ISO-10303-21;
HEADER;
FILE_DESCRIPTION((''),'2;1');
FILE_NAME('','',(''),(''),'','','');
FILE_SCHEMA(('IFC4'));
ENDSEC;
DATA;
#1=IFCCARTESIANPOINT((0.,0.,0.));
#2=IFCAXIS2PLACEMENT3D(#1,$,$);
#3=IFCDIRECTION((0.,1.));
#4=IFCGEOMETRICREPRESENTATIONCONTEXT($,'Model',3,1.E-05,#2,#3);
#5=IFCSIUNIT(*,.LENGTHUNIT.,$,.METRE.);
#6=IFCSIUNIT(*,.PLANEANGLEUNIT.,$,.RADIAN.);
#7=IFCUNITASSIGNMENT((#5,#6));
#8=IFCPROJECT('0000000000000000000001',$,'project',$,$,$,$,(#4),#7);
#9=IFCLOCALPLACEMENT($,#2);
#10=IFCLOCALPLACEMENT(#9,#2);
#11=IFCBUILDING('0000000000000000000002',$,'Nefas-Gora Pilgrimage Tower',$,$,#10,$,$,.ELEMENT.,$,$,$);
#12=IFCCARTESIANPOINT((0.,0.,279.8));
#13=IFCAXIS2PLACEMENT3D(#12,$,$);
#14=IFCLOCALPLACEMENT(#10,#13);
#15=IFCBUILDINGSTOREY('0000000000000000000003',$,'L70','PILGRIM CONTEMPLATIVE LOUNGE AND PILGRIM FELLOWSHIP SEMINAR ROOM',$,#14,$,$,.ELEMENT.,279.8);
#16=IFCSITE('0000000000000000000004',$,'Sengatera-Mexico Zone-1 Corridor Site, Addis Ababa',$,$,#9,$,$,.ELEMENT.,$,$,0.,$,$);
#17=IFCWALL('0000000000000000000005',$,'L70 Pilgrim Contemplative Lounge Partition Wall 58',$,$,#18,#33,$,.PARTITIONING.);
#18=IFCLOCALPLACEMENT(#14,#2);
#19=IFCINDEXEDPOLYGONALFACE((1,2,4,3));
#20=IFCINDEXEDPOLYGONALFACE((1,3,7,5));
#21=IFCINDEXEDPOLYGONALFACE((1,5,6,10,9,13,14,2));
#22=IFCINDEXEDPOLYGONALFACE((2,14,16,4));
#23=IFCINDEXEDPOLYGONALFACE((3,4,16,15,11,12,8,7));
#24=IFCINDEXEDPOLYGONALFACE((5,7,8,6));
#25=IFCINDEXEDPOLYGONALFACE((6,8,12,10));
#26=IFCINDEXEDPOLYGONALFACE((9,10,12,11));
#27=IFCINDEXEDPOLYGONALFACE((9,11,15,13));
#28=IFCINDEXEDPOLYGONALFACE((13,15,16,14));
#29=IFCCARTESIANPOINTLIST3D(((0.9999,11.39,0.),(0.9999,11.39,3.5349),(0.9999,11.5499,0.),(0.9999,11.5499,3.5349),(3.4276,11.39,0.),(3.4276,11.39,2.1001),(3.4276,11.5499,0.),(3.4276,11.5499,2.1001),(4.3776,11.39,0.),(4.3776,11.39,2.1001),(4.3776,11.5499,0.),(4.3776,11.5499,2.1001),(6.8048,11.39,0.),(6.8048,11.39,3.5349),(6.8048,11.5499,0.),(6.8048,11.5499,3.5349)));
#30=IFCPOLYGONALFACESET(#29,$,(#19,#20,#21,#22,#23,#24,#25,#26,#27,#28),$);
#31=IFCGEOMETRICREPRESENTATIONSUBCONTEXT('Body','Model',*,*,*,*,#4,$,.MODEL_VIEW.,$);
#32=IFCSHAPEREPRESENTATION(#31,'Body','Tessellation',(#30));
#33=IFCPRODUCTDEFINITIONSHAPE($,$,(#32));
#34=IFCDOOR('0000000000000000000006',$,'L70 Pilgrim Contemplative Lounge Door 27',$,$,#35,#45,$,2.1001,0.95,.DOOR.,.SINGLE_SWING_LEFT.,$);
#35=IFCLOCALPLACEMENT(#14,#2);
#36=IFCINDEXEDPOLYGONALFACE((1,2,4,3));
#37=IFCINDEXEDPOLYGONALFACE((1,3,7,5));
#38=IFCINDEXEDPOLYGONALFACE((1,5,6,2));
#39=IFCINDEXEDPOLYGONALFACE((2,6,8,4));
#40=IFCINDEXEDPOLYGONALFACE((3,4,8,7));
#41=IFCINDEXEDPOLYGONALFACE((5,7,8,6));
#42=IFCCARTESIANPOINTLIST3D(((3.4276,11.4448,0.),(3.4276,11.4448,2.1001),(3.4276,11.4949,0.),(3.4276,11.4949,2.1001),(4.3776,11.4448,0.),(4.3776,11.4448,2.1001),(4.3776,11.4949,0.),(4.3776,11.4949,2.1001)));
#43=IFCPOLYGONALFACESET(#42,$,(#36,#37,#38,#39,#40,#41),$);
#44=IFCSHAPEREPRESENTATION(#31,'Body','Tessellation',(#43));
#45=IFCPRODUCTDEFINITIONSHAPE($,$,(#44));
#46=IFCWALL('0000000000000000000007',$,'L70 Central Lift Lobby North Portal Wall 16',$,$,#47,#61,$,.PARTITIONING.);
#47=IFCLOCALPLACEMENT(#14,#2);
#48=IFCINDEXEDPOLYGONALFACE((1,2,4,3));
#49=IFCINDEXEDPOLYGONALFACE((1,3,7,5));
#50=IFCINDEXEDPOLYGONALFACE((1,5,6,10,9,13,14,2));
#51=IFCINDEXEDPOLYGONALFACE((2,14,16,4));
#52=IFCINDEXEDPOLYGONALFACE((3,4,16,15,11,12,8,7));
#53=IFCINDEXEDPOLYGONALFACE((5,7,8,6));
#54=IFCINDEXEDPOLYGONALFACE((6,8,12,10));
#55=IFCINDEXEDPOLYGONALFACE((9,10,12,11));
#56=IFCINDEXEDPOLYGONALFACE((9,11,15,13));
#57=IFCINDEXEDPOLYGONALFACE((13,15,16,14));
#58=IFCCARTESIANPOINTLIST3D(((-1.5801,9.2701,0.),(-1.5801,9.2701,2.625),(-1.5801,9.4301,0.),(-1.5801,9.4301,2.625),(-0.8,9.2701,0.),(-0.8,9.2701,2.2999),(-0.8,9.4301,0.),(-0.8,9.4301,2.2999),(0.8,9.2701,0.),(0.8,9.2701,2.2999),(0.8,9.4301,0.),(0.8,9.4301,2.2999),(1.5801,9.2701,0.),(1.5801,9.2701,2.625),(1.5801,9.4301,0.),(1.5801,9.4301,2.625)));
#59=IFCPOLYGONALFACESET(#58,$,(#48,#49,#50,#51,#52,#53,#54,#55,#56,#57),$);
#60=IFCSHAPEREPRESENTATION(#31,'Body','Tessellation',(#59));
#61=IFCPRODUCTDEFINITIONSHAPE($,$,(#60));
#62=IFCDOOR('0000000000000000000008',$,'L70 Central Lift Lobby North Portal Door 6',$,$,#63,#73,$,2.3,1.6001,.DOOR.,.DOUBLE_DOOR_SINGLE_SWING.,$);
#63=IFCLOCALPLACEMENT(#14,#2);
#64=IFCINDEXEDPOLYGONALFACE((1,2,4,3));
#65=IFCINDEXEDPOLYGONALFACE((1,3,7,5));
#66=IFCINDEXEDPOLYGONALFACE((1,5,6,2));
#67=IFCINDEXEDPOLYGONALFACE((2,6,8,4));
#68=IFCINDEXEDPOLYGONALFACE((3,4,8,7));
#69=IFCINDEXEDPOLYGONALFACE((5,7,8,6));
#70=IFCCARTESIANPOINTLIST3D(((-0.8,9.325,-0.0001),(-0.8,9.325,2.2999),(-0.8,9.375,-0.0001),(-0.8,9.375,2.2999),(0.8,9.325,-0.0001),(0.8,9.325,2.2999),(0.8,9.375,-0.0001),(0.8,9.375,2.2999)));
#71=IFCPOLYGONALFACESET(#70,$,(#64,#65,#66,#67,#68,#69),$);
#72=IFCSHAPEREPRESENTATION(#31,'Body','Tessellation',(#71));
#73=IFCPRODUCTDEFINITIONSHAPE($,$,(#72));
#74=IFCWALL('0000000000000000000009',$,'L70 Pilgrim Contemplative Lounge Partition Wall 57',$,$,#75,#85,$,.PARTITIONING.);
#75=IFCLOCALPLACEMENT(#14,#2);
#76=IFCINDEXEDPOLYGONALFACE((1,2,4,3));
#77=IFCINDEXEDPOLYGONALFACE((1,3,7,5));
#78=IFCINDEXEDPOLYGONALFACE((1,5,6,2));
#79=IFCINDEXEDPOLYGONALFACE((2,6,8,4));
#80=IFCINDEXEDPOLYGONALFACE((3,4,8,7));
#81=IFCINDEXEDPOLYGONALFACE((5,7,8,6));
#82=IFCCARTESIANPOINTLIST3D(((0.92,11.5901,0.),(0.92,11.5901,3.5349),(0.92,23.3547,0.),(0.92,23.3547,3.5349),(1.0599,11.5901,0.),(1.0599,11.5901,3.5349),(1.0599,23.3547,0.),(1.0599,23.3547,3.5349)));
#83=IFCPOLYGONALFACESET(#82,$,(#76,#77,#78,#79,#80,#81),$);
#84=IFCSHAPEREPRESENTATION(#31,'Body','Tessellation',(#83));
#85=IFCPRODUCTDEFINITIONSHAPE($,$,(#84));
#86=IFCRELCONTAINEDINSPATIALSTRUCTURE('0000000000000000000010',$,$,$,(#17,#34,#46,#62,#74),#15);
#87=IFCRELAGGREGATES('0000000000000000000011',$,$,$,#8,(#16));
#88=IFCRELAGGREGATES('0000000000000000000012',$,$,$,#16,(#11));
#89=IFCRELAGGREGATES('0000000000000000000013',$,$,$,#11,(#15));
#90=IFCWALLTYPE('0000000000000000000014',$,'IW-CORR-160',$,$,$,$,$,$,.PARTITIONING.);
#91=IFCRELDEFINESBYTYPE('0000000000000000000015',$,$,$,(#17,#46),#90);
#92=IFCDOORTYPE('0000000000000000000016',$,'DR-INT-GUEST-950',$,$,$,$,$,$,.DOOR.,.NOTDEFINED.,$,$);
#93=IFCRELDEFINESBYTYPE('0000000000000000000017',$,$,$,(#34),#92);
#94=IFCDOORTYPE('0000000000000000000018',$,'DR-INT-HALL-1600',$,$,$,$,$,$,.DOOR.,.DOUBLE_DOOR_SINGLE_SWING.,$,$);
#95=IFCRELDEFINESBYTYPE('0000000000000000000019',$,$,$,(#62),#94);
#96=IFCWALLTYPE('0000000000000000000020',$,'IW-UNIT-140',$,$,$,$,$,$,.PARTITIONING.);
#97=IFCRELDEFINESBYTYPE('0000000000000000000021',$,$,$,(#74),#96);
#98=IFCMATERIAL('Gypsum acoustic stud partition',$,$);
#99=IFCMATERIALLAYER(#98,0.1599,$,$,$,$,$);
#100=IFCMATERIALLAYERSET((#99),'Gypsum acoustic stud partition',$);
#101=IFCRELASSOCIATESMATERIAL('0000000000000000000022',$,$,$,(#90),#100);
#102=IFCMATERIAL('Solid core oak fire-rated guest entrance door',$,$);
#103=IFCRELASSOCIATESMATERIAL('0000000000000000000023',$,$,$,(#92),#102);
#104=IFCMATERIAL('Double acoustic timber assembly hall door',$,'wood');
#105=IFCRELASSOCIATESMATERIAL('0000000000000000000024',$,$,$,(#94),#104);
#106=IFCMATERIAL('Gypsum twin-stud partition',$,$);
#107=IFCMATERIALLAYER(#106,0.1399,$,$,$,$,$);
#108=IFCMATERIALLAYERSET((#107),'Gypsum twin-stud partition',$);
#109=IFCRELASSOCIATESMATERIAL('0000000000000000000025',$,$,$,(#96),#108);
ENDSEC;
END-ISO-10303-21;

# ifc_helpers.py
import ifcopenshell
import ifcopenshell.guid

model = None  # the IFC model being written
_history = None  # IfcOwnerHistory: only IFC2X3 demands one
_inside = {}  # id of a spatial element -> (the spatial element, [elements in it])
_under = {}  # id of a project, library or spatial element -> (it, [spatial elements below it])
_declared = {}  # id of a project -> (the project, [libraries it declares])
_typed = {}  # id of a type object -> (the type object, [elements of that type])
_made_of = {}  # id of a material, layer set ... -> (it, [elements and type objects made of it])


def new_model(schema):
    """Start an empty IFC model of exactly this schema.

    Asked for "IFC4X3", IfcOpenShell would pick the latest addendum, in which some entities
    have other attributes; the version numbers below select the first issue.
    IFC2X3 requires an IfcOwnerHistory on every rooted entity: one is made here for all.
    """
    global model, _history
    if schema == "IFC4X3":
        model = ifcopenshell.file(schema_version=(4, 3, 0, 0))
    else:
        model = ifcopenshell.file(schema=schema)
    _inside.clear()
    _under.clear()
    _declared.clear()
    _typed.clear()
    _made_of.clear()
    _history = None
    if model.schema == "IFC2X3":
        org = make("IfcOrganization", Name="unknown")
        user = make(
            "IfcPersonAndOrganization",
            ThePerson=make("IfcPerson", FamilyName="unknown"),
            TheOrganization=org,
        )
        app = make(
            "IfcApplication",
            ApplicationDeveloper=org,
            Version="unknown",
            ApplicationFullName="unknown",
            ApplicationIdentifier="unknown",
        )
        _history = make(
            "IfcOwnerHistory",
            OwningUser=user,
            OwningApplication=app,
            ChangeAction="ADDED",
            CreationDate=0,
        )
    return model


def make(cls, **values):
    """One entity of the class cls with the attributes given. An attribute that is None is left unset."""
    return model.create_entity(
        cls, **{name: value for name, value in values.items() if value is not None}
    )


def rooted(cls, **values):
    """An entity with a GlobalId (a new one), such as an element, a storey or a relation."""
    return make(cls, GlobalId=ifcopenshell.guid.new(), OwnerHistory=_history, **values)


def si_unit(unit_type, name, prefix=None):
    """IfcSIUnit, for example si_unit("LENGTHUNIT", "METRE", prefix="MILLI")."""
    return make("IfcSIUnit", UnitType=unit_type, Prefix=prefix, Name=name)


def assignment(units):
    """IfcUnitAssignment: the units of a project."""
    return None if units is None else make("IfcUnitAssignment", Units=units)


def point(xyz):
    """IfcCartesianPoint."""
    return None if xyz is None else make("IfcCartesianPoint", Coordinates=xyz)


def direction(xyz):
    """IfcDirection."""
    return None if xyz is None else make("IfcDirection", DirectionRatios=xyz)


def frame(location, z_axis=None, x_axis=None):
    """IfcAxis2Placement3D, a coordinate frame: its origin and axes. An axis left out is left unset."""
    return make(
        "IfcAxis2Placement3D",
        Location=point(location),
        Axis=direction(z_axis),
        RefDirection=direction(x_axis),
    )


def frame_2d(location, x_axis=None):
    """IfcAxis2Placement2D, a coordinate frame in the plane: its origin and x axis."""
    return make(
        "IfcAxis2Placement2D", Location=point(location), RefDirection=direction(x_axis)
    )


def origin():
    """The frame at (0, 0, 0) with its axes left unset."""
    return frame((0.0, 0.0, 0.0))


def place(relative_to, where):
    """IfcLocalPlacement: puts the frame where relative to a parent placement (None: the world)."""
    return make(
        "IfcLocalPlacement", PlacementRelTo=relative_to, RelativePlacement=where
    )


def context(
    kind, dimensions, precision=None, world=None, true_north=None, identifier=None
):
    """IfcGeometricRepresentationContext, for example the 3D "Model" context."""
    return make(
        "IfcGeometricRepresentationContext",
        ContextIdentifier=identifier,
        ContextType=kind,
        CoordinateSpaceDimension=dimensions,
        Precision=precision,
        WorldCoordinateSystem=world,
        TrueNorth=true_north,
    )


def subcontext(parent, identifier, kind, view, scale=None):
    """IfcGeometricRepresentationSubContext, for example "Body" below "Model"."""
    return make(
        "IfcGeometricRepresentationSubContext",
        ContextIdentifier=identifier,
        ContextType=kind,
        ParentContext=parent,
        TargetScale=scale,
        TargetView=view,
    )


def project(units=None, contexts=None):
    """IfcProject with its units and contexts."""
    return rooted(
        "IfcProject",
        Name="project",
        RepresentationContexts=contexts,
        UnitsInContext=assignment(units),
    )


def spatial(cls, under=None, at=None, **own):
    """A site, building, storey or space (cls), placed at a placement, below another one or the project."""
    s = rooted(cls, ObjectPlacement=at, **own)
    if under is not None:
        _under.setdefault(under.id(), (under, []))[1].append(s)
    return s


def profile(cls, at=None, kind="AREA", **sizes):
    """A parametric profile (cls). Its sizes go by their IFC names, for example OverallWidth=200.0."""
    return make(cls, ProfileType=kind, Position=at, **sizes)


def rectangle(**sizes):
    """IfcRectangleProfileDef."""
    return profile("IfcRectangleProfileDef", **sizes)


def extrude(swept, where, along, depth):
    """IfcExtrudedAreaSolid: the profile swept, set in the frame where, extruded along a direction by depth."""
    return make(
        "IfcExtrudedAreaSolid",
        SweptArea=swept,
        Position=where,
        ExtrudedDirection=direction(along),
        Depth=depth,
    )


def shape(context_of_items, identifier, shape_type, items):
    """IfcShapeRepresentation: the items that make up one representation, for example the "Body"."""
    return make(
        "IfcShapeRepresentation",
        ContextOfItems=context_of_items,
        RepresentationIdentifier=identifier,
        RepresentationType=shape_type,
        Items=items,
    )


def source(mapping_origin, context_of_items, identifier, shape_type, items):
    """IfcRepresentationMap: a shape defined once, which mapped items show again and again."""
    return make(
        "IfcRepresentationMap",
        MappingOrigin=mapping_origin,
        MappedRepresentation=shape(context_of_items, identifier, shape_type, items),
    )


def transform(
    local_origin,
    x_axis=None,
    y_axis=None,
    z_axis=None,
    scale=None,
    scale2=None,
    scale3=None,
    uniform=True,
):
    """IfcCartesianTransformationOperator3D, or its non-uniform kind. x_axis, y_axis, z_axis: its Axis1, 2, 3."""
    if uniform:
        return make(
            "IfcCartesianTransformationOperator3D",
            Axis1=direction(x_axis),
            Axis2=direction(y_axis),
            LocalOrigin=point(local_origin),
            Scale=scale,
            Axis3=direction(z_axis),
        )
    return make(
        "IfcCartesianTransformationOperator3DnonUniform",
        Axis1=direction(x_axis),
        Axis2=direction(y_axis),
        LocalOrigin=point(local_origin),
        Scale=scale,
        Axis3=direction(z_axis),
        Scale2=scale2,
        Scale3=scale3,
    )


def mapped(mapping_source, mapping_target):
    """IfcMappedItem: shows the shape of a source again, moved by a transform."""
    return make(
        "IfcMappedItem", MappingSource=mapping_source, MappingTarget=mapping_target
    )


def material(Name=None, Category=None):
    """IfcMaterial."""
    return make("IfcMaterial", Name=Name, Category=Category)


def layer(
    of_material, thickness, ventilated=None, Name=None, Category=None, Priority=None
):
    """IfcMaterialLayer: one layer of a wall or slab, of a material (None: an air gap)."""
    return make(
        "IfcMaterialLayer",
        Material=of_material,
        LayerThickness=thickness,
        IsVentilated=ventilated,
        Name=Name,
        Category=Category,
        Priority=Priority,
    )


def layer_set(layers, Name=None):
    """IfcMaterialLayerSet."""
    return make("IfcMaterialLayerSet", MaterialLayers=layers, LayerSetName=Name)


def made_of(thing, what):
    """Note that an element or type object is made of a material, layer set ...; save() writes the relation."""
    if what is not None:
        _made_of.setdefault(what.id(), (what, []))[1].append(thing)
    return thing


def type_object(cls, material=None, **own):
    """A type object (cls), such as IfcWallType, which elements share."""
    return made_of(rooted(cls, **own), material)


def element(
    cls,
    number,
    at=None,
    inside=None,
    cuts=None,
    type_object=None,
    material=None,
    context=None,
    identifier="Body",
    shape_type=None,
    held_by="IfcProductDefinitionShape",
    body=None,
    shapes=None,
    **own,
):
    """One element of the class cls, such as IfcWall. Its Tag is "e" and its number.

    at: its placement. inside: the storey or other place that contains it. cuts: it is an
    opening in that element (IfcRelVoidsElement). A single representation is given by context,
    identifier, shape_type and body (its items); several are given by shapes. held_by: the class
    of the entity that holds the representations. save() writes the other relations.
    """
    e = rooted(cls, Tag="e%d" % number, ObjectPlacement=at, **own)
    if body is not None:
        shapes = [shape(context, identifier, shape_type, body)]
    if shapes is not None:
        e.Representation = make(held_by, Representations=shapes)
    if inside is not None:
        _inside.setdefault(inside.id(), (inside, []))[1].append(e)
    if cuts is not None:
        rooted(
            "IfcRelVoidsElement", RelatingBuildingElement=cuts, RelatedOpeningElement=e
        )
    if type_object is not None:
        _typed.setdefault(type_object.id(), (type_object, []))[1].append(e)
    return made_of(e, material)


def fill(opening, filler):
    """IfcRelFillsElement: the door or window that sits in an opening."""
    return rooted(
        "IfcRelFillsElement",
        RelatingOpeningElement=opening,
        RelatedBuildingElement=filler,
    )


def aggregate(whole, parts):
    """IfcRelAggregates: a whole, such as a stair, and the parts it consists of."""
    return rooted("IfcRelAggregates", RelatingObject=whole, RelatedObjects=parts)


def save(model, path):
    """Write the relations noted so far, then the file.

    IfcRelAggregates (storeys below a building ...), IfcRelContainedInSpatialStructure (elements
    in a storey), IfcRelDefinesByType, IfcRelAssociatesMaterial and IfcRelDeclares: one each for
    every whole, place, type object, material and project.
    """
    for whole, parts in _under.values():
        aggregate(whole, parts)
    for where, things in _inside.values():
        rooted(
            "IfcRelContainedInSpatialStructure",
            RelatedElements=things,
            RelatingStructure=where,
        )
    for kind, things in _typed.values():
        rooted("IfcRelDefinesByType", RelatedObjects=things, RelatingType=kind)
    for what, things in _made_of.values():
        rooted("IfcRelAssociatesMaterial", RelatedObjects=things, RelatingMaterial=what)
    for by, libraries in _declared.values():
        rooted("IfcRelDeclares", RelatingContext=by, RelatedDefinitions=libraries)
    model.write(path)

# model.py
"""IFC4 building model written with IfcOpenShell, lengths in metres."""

from ifc_helpers import new_model, si_unit, direction, frame, frame_2d, origin, place, context, subcontext, project, spatial, rectangle, extrude, source, transform, mapped, material, layer, layer_set, type_object, element, fill, save


model = new_model("IFC4")

# Units and contexts
model_context = context("Model", 3, precision=1e-05, world=origin(), true_north=direction((0.0, 1.0)))
body_context = subcontext(model_context, "Body", "Model", "MODEL_VIEW")
ifc_project = project(units=[si_unit("LENGTHUNIT", "METRE"), si_unit("PLANEANGLEUNIT", "RADIAN")], contexts=[model_context])

# Site, building, storey
site_placement = place(None, origin())
site = spatial("IfcSite", under=ifc_project, at=site_placement, Name="Sengatera-Mexico Zone-1 Corridor Site, Addis Ababa", CompositionType="ELEMENT", RefElevation=0.0)
building_placement = place(site_placement, origin())
building = spatial("IfcBuilding", under=site, at=building_placement, Name="Nefas-Gora Pilgrimage Tower", CompositionType="ELEMENT")
storey_placement = place(building_placement, frame((0.0, 0.0, 279.8)))
storey = spatial("IfcBuildingStorey", under=building, at=storey_placement, Name="L70", Description="PILGRIM CONTEMPLATIVE LOUNGE AND PILGRIM FELLOWSHIP SEMINAR ROOM", CompositionType="ELEMENT", Elevation=279.8)

# Walls, openings, doors
ifc_material_1 = material(Name="Gypsum acoustic stud partition")
ifc_layer_1 = layer(ifc_material_1, 0.1599)
ifc_layer_set_1 = layer_set([ifc_layer_1], Name="Gypsum acoustic stud partition")
wall_type_1 = type_object("IfcWallType", Name="IW-CORR-160", PredefinedType="PARTITIONING", material=ifc_layer_set_1)
shared_shape_1 = source(origin(), body_context, "Body", "SweptSolid", [
    extrude(rectangle(XDim=5.8049, YDim=0.1599, at=frame_2d((2.9023, 0.0))), origin(), (0.0, 0.0, 1.0), 3.5349),
])
wall_1_placement = place(storey_placement, frame((1.0, 11.47, 0.0), z_axis=(0.0, 0.0, 1.0), x_axis=(1.0, 0.0, 0.0)))
wall_1 = element("IfcWall", 1, at=wall_1_placement, inside=storey, type_object=wall_type_1, Name="L70 Pilgrim Contemplative Lounge Partition Wall 58", PredefinedType="PARTITIONING", context=body_context, shape_type="MappedRepresentation", body=[
    mapped(shared_shape_1, transform((0.0, 0.0, 0.0), x_axis=(1.0, 0.0, 0.0), y_axis=(0.0, 1.0, 0.0), z_axis=(0.0, 0.0, 1.0), scale=1.0)),
])
opening_1_placement = place(wall_1_placement, frame((2.4275, 0.0, 0.0)))
opening_1 = element("IfcOpeningElement", 2, at=opening_1_placement, cuts=wall_1, PredefinedType="OPENING", context=body_context, shape_type="SweptSolid", body=[
    extrude(rectangle(XDim=0.95, YDim=2.1001, at=frame_2d((0.4751, 1.05))), frame((0.0, 0.0898, 0.0), z_axis=(0.0, -1.0, 0.0), x_axis=(1.0, 0.0, 0.0)), (0.0, 0.0, 1.0), 0.1799),
])
ifc_material_2 = material(Name="Solid core oak fire-rated guest entrance door")
door_type_1 = type_object("IfcDoorType", Name="DR-INT-GUEST-950", OperationType="NOTDEFINED", PredefinedType="DOOR", material=ifc_material_2)
shared_shape_2 = source(origin(), body_context, "Body", "SweptSolid", [
    extrude(rectangle(XDim=0.95, YDim=2.1001, at=frame_2d((0.4751, 1.05))), frame((0.0, 0.0249, 0.0), z_axis=(0.0, -1.0, 0.0), x_axis=(1.0, 0.0, 0.0)), (0.0, 0.0, 1.0), 0.05),
])
door_1_placement = place(opening_1_placement, origin())
door_1 = element("IfcDoor", 3, at=door_1_placement, inside=storey, type_object=door_type_1, Name="L70 Pilgrim Contemplative Lounge Door 27", OperationType="SINGLE_SWING_LEFT", OverallHeight=2.1001, OverallWidth=0.95, PredefinedType="DOOR", context=body_context, shape_type="MappedRepresentation", body=[
    mapped(shared_shape_2, transform((0.0, 0.0, 0.0), x_axis=(1.0, 0.0, 0.0), y_axis=(0.0, 1.0, 0.0), z_axis=(0.0, 0.0, 1.0), scale=1.0)),
])
fill(opening_1, door_1)
shared_shape_3 = source(origin(), body_context, "Body", "SweptSolid", [
    extrude(rectangle(XDim=3.1602, YDim=0.1599, at=frame_2d((1.5801, 0.0))), origin(), (0.0, 0.0, 1.0), 2.625),
])
wall_2_placement = place(storey_placement, frame((-1.5801, 9.3501, 0.0), z_axis=(0.0, 0.0, 1.0), x_axis=(1.0, 0.0, 0.0)))
wall_2 = element("IfcWall", 4, at=wall_2_placement, inside=storey, type_object=wall_type_1, Name="L70 Central Lift Lobby North Portal Wall 16", PredefinedType="PARTITIONING", context=body_context, shape_type="MappedRepresentation", body=[
    mapped(shared_shape_3, transform((0.0, 0.0, 0.0), x_axis=(1.0, 0.0, 0.0), y_axis=(0.0, 1.0, 0.0), z_axis=(0.0, 0.0, 1.0), scale=1.0)),
])
opening_2_placement = place(wall_2_placement, frame((0.78, 0.0, 0.0)))
opening_2 = element("IfcOpeningElement", 5, at=opening_2_placement, cuts=wall_2, PredefinedType="OPENING", context=body_context, shape_type="SweptSolid", body=[
    extrude(rectangle(XDim=1.6001, YDim=2.3, at=frame_2d((0.8, 1.1499))), frame((0.0, 0.0898, 0.0), z_axis=(0.0, -1.0, 0.0), x_axis=(1.0, 0.0, 0.0)), (0.0, 0.0, 1.0), 0.1799),
])
ifc_material_3 = material(Name="Double acoustic timber assembly hall door", Category="wood")
door_type_2 = type_object("IfcDoorType", Name="DR-INT-HALL-1600", OperationType="DOUBLE_DOOR_SINGLE_SWING", PredefinedType="DOOR", material=ifc_material_3)
shared_shape_4 = source(origin(), body_context, "Body", "SweptSolid", [
    extrude(rectangle(XDim=1.6001, YDim=2.3, at=frame_2d((0.8, 1.1499))), frame((0.0, 0.0249, 0.0), z_axis=(0.0, -1.0, 0.0), x_axis=(1.0, 0.0, 0.0)), (0.0, 0.0, 1.0), 0.05),
])
door_2_placement = place(opening_2_placement, origin())
door_2 = element("IfcDoor", 6, at=door_2_placement, inside=storey, type_object=door_type_2, Name="L70 Central Lift Lobby North Portal Door 6", OperationType="DOUBLE_DOOR_SINGLE_SWING", OverallHeight=2.3, OverallWidth=1.6001, PredefinedType="DOOR", context=body_context, shape_type="MappedRepresentation", body=[
    mapped(shared_shape_4, transform((0.0, 0.0, 0.0), x_axis=(1.0, 0.0, 0.0), y_axis=(0.0, 1.0, 0.0), z_axis=(0.0, 0.0, 1.0), scale=1.0)),
])
fill(opening_2, door_2)

# Wall
ifc_material_4 = material(Name="Gypsum twin-stud partition")
ifc_layer_2 = layer(ifc_material_4, 0.1399)
ifc_layer_set_2 = layer_set([ifc_layer_2], Name="Gypsum twin-stud partition")
wall_type_2 = type_object("IfcWallType", Name="IW-UNIT-140", PredefinedType="PARTITIONING", material=ifc_layer_set_2)
shared_shape_5 = source(origin(), body_context, "Body", "SweptSolid", [
    extrude(rectangle(XDim=11.7646, YDim=0.1399, at=frame_2d((5.8823, 0.0))), origin(), (0.0, 0.0, 1.0), 3.5349),
])
wall_3_placement = place(storey_placement, frame((0.99, 11.5901, 0.0), z_axis=(0.0, 0.0, 1.0), x_axis=(0.0, 1.0, 0.0)))
element("IfcWall", 7, at=wall_3_placement, inside=storey, type_object=wall_type_2, Name="L70 Pilgrim Contemplative Lounge Partition Wall 57", PredefinedType="PARTITIONING", context=body_context, shape_type="MappedRepresentation", body=[
    mapped(shared_shape_5, transform((0.0, 0.0, 0.0), x_axis=(1.0, 0.0, 0.0), y_axis=(0.0, 1.0, 0.0), z_axis=(0.0, 0.0, 1.0), scale=1.0)),
])

save(model, "model.ifc")
